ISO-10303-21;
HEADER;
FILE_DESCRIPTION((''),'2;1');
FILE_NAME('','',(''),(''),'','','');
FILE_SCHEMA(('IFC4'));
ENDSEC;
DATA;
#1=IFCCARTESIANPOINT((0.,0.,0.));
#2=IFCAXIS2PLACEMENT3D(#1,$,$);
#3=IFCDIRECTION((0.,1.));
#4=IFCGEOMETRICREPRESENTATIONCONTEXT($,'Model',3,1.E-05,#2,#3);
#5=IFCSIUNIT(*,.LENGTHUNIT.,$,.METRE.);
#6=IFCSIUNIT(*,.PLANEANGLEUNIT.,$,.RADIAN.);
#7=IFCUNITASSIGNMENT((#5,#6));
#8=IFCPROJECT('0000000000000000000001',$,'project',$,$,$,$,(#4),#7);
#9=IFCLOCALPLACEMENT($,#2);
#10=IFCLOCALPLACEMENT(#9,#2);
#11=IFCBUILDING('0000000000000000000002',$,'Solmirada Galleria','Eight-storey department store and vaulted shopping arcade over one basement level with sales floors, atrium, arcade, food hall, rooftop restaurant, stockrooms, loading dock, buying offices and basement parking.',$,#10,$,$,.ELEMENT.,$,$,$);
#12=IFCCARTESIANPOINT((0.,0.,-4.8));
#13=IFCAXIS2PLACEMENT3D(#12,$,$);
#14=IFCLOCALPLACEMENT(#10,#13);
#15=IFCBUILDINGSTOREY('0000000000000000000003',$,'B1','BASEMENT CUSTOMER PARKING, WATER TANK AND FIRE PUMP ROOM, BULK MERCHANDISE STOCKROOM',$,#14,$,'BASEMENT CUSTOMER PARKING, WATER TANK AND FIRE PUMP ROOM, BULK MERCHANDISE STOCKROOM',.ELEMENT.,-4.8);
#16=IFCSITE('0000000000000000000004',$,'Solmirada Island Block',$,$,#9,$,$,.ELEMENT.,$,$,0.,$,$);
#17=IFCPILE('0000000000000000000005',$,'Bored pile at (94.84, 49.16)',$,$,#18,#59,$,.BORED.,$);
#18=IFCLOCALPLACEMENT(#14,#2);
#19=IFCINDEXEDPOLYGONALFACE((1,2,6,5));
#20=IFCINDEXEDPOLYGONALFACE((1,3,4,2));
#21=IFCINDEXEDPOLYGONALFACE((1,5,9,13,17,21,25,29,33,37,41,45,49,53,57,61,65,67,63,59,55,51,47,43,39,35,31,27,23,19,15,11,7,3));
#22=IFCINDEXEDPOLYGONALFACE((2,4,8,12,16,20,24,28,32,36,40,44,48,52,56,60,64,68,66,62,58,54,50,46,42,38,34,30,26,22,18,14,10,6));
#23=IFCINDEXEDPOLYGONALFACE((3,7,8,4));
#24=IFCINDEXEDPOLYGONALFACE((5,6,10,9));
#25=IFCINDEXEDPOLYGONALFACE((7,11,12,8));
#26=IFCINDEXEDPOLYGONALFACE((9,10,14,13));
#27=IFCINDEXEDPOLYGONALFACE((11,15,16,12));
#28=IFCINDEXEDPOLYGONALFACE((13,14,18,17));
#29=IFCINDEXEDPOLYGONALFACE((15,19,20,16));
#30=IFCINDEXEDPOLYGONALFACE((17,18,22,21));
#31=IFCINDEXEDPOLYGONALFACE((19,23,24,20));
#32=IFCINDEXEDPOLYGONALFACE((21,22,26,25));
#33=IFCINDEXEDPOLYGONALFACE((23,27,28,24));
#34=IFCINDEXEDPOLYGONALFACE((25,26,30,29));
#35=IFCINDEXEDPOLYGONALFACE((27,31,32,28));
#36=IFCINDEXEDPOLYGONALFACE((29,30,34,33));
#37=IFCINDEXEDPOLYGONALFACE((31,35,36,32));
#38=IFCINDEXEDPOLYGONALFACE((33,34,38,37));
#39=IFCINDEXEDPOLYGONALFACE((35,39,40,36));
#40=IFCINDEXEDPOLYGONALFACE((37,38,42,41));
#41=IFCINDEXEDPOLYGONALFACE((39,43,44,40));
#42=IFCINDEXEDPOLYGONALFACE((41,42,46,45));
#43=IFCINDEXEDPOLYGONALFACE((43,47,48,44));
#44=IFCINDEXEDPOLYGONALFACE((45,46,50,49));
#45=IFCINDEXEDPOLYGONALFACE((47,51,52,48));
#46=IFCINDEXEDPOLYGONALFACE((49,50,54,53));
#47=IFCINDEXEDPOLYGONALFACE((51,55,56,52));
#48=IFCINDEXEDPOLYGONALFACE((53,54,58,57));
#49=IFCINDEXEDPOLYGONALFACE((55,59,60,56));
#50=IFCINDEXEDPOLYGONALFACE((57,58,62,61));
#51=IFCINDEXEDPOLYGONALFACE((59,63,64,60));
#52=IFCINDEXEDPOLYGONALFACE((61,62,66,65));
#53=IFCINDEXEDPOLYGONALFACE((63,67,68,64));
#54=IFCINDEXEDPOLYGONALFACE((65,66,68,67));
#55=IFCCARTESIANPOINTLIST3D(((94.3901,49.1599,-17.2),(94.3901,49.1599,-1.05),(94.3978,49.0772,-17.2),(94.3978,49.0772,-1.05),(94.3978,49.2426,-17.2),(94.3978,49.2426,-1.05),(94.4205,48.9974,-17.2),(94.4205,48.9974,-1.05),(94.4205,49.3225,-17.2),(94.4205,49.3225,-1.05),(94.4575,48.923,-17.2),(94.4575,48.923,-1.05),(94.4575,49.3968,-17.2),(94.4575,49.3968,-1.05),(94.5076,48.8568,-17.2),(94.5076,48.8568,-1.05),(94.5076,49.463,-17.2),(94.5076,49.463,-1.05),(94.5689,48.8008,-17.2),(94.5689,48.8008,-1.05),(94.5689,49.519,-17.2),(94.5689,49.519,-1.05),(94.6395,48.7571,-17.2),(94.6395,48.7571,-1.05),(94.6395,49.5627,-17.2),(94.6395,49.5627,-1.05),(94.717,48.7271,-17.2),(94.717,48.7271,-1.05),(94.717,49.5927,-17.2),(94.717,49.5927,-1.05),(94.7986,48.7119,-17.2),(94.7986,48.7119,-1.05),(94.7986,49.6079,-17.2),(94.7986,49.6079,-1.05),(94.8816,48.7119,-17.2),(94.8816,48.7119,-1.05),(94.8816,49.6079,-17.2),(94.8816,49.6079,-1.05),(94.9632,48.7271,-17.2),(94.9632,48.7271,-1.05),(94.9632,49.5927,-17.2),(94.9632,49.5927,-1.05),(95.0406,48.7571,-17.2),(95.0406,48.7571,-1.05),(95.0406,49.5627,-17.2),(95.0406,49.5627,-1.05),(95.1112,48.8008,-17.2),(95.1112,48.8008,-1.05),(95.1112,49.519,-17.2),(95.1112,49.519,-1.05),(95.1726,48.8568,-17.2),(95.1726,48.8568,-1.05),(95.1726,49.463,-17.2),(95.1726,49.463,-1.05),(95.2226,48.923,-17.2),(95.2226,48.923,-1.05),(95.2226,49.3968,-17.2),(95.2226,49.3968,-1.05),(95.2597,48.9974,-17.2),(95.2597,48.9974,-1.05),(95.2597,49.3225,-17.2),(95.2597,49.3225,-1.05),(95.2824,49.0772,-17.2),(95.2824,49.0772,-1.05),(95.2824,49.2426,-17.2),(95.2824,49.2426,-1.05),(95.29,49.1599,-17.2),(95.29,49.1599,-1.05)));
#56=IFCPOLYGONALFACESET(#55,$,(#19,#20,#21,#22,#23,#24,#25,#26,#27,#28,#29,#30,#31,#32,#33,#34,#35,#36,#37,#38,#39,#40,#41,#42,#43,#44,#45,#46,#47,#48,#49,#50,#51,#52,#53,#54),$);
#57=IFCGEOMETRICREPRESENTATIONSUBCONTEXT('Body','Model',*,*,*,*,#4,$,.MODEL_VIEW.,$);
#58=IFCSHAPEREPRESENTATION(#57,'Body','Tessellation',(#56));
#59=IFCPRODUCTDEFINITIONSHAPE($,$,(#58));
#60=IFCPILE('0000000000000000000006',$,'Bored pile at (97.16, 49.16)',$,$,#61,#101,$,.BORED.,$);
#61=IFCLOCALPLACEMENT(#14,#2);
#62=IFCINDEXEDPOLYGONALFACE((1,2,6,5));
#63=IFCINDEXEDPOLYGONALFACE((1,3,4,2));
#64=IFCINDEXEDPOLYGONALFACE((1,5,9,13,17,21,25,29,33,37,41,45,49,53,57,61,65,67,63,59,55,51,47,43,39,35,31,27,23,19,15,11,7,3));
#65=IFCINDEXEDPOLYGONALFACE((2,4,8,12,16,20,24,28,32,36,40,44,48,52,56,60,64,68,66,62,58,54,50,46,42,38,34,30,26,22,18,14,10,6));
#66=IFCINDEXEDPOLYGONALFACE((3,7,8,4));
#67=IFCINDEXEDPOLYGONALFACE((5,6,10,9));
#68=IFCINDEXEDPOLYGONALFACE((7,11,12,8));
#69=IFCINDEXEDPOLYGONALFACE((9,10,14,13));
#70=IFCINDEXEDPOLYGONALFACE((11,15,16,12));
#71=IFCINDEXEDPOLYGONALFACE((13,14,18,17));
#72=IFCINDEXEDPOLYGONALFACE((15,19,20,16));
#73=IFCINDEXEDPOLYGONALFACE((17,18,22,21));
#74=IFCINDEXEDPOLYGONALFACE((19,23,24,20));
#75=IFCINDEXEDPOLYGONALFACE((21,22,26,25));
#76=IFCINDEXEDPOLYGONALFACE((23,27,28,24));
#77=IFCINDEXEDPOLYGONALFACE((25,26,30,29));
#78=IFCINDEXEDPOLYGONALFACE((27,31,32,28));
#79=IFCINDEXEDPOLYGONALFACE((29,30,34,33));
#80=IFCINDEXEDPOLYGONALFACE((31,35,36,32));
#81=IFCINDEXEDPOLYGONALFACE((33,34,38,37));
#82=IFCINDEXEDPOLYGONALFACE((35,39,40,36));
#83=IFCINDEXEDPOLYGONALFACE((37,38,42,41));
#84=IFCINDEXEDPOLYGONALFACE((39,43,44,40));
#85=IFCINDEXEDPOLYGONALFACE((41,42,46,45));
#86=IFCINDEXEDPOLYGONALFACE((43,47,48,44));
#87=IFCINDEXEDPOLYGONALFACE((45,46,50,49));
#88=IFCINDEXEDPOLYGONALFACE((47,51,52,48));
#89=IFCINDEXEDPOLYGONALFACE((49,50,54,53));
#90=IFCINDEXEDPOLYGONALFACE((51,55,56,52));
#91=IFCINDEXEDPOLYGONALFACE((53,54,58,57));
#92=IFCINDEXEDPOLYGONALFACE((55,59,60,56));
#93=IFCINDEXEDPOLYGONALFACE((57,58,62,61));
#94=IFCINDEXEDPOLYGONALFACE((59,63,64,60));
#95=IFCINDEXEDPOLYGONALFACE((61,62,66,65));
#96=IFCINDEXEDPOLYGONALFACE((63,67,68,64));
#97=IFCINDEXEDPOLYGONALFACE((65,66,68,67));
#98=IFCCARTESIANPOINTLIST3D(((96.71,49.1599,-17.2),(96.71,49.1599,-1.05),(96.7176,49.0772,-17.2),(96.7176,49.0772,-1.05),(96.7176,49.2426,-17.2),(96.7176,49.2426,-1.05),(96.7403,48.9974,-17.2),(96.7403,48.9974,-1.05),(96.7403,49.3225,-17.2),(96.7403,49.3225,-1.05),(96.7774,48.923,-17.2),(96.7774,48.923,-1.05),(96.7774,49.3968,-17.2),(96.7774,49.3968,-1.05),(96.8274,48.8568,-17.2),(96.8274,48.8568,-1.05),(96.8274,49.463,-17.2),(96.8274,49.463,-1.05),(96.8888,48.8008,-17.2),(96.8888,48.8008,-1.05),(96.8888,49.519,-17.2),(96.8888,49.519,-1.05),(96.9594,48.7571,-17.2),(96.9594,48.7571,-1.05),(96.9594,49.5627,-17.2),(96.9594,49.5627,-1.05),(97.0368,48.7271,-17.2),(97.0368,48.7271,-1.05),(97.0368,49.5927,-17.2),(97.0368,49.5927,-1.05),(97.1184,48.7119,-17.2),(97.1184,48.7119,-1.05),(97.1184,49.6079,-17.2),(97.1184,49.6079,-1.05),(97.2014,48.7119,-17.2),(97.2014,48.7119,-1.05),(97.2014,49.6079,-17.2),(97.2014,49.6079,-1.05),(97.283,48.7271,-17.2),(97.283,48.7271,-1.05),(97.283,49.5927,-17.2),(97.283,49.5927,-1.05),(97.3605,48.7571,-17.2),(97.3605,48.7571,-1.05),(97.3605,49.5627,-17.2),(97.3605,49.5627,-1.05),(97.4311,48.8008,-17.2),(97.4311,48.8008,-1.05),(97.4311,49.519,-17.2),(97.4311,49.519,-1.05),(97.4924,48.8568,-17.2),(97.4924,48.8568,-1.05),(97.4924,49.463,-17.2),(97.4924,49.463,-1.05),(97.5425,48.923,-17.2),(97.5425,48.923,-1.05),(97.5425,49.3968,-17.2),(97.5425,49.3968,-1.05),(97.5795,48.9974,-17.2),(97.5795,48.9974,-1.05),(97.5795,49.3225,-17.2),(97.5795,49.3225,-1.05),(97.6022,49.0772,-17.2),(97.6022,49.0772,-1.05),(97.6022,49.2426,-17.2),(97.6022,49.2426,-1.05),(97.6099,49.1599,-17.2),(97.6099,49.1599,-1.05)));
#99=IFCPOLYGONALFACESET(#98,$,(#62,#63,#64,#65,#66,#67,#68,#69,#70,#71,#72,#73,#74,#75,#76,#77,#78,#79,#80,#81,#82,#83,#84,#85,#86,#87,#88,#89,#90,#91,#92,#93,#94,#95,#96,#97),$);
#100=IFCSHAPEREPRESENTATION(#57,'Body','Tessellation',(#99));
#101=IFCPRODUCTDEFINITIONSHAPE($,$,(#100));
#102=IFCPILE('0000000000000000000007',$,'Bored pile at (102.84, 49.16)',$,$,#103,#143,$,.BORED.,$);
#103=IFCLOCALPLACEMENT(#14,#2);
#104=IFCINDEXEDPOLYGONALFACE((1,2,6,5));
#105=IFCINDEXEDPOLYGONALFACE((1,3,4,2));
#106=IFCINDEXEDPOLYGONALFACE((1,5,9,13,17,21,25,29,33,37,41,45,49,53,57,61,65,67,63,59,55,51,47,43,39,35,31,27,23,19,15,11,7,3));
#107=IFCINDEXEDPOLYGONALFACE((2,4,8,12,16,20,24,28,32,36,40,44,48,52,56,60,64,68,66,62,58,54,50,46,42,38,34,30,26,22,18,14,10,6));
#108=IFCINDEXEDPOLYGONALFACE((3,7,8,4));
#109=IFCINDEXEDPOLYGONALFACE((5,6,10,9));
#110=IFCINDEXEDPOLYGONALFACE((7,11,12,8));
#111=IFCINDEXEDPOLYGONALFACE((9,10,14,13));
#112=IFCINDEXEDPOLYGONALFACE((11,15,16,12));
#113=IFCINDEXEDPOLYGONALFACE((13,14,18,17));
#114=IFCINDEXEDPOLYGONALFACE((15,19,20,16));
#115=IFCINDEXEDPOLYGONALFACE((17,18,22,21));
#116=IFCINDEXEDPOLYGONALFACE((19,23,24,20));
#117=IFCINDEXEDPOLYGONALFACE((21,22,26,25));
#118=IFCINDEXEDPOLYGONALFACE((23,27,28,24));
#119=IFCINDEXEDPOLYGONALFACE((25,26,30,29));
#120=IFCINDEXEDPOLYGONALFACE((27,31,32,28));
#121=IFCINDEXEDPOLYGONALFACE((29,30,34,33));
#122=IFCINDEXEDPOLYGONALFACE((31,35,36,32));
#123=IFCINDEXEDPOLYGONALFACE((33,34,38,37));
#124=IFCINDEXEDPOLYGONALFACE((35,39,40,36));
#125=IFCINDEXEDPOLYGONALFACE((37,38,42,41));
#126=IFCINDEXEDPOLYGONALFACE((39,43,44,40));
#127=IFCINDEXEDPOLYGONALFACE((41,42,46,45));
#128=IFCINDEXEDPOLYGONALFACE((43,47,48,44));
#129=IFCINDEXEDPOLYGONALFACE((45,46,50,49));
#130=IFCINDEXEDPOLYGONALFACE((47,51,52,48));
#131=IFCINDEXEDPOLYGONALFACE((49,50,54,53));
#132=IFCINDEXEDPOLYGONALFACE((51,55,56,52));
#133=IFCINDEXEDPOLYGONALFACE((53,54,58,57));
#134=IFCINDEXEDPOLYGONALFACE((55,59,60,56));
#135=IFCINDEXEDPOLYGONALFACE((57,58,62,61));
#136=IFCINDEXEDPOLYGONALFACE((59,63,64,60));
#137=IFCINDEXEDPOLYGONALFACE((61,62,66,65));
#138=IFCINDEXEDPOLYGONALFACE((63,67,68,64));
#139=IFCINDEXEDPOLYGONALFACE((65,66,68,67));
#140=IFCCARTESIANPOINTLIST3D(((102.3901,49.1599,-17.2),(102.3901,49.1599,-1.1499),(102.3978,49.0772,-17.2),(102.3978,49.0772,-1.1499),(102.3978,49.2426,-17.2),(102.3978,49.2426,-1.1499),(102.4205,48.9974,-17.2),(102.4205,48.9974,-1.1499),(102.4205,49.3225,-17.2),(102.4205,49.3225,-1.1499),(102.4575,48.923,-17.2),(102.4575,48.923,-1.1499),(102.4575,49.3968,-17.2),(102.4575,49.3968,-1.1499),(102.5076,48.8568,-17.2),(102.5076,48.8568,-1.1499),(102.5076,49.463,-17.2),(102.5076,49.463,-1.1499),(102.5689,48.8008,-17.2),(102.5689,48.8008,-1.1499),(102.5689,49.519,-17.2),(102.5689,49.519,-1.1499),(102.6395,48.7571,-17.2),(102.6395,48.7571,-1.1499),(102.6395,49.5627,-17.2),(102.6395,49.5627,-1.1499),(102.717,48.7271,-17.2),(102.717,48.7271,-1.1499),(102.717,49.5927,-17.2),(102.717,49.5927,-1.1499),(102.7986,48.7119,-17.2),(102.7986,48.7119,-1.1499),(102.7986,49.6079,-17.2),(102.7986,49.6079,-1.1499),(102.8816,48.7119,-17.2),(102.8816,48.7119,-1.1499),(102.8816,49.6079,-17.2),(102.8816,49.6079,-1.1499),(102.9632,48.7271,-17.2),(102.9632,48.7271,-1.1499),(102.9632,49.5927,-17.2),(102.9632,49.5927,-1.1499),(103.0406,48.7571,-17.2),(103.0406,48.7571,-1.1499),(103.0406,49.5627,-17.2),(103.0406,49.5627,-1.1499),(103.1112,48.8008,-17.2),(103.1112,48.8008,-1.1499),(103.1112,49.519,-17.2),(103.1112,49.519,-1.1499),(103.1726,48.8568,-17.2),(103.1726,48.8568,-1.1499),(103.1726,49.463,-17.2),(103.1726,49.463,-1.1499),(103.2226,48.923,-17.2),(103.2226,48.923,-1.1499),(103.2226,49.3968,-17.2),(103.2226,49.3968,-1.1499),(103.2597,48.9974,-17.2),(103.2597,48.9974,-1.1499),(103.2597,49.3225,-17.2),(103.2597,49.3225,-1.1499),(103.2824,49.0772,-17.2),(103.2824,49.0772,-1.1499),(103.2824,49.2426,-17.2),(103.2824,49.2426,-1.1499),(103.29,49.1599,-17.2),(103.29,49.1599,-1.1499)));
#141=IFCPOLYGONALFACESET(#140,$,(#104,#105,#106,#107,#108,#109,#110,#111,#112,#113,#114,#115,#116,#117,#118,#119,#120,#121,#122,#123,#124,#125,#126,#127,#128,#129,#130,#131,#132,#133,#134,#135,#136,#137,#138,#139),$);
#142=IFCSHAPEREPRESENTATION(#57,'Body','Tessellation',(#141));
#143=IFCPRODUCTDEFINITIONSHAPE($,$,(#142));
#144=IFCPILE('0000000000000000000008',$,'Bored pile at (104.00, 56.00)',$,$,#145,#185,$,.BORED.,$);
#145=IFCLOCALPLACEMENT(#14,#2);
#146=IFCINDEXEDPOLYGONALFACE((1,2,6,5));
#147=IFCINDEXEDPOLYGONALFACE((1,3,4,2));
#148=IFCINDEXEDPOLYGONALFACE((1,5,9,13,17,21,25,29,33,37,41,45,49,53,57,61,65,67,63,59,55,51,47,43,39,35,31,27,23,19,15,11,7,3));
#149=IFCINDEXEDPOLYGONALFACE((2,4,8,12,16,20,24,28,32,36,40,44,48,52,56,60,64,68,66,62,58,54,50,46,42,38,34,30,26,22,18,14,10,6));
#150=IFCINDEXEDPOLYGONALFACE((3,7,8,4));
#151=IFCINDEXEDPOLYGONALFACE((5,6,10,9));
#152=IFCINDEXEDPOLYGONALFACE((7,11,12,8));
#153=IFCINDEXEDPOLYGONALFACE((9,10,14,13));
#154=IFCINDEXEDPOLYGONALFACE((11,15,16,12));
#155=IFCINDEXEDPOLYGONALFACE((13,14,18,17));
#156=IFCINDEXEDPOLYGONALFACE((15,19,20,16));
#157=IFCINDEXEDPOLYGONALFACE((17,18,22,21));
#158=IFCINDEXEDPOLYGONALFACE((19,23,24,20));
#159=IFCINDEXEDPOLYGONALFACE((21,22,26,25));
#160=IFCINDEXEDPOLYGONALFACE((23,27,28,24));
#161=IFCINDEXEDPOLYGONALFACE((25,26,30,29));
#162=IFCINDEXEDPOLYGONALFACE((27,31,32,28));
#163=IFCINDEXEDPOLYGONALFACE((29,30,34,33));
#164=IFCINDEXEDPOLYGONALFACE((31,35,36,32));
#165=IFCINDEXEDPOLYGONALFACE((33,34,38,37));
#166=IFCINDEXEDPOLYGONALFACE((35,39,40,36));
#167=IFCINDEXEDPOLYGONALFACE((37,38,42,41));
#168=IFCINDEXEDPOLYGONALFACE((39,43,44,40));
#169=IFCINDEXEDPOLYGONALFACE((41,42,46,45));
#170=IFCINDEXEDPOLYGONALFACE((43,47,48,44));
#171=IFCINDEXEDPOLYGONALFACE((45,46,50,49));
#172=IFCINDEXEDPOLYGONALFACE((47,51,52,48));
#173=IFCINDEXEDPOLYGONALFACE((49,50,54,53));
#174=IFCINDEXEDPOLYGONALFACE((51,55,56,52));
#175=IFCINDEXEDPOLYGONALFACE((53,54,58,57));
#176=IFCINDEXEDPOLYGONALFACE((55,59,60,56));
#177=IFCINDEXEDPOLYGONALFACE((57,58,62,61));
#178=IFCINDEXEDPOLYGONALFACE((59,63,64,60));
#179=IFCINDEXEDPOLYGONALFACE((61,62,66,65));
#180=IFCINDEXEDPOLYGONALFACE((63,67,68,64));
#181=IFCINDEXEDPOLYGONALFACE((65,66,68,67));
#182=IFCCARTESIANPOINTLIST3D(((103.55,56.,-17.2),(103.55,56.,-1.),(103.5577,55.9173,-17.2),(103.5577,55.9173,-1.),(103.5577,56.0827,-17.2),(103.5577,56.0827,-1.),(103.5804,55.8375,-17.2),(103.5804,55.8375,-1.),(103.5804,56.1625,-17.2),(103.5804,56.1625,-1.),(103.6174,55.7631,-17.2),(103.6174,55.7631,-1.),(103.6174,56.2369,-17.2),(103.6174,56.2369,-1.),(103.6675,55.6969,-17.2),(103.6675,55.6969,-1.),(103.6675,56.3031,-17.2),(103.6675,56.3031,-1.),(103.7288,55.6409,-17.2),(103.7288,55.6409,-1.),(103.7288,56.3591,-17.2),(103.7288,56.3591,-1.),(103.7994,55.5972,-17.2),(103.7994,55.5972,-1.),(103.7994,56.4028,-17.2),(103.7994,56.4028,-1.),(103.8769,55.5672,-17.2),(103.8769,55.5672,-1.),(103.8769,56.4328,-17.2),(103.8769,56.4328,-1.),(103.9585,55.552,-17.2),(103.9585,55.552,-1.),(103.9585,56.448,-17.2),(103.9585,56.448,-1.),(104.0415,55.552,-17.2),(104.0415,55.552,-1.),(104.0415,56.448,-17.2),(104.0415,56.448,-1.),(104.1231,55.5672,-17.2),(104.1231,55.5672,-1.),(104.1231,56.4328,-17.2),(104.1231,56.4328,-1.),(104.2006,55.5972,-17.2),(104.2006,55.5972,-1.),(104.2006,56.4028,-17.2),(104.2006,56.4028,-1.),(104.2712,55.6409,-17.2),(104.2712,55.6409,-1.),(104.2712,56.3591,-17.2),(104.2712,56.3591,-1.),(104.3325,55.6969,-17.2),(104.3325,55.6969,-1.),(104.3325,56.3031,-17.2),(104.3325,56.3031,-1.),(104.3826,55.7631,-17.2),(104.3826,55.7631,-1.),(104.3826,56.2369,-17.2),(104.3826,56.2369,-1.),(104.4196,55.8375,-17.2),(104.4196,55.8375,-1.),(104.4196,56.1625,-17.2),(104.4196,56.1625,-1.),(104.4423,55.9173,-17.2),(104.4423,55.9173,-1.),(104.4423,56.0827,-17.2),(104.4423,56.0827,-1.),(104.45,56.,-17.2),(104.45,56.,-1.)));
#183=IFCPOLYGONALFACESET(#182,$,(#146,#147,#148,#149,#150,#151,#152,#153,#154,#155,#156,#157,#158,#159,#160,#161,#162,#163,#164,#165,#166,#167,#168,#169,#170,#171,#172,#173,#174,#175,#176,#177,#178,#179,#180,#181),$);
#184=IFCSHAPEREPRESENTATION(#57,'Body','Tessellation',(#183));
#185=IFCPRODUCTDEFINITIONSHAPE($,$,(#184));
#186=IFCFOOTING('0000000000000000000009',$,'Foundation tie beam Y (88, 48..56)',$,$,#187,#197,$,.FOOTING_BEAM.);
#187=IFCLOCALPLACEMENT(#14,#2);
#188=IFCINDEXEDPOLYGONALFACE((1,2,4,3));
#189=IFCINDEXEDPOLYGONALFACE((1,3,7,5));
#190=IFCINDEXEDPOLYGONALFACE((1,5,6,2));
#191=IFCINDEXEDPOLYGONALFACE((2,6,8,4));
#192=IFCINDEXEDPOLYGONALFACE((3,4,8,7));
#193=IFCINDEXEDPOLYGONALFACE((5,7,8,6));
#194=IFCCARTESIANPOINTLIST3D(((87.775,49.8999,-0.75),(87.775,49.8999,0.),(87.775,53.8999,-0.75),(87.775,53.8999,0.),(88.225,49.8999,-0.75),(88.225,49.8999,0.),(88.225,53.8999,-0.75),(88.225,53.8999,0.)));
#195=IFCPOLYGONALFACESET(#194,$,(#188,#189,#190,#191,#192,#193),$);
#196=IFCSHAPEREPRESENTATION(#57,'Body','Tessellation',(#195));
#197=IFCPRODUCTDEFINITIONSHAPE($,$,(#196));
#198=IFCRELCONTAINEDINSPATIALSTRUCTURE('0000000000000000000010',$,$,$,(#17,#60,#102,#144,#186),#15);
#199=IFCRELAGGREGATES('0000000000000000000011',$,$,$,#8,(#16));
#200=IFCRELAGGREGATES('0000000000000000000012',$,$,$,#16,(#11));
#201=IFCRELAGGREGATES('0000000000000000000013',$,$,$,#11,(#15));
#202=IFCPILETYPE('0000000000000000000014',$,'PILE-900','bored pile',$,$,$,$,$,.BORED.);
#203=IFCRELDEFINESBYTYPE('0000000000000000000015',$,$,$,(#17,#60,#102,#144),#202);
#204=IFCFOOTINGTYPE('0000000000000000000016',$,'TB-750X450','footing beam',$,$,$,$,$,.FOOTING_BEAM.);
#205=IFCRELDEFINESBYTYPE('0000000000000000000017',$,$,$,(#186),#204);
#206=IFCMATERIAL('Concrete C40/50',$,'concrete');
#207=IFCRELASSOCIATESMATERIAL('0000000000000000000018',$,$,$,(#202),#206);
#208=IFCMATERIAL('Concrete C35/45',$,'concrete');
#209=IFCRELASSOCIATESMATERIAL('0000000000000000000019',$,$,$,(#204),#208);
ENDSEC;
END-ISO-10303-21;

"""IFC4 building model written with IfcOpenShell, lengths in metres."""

from ifc_helpers import new_model, si_unit, direction, frame, origin, origin_2d, place, context, subcontext, project, spatial, rectangle, circle, extrude, material, material_profile, profile_set, type_object, element, save


model = new_model("IFC4")

# Units and contexts
model_context = context("Model", 3, precision=1e-05, world=origin(), true_north=direction((0.0, 1.0)))
body_context = subcontext(model_context, "Body", "Model", "MODEL_VIEW")
ifc_project = project(units=[si_unit("LENGTHUNIT", "METRE"), si_unit("PLANEANGLEUNIT", "RADIAN")], contexts=[model_context])

# Site, building, storey
site_placement = place(None, origin())
site = spatial("IfcSite", under=ifc_project, at=site_placement, Name="Solmirada Island Block", CompositionType="ELEMENT", RefElevation=0.0)
building_placement = place(site_placement, origin())
building = spatial("IfcBuilding", under=site, at=building_placement, Name="Solmirada Galleria", Description="Eight-storey department store and vaulted shopping arcade over one basement level with sales floors, atrium, arcade, food hall, rooftop restaurant, stockrooms, loading dock, buying offices and basement parking.", CompositionType="ELEMENT")
storey_placement = place(building_placement, frame((0.0, 0.0, -4.8)))
storey = spatial("IfcBuildingStorey", under=building, at=storey_placement, Name="B1", Description="BASEMENT CUSTOMER PARKING, WATER TANK AND FIRE PUMP ROOM, BULK MERCHANDISE STOCKROOM", LongName="BASEMENT CUSTOMER PARKING, WATER TANK AND FIRE PUMP ROOM, BULK MERCHANDISE STOCKROOM", CompositionType="ELEMENT", Elevation=-4.8)

# Shared definitions
ifc_material_1 = material(Name="Concrete C35/45", Category="concrete")

# Piles
ifc_material_2 = material(Name="Concrete C40/50", Category="concrete")
ifc_material_profile_1 = material_profile(ifc_material_2, circle(Radius=0.45, at=origin_2d()), Name="PILE900")
ifc_profile_set_1 = profile_set([ifc_material_profile_1], Name="Concrete C40/50")
pile_type = type_object("IfcPileType", Name="PILE-900", Description="bored pile", PredefinedType="BORED", material=ifc_profile_set_1)
for number, where, z_axis, x_axis, name in (
    (1, (94.8401, 49.1599, -1.05), (0.0, 0.0, -1.0), (1.0, 0.0, 0.0), "Bored pile at (94.84, 49.16)"),
    (2, (97.1599, 49.1599, -1.05), (0.0, 0.0, -1.0), (1.0, 0.0, 0.0), "Bored pile at (97.16, 49.16)"),
):
    element("IfcPile", number, at=place(storey_placement, frame(where, z_axis=z_axis, x_axis=x_axis)), inside=storey, type_object=pile_type, Name=name, PredefinedType="BORED", context=body_context, shape_type="SweptSolid", body=[
        extrude(circle(Radius=0.45, at=origin_2d()), origin(), (0.0, 0.0, 1.0), 16.1499),
    ])
pile_1_placement = place(storey_placement, frame((102.8401, 49.1599, -1.1499), z_axis=(0.0, 0.0, -1.0), x_axis=(1.0, 0.0, 0.0)))
element("IfcPile", 3, at=pile_1_placement, inside=storey, type_object=pile_type, Name="Bored pile at (102.84, 49.16)", PredefinedType="BORED", context=body_context, shape_type="SweptSolid", body=[
    extrude(circle(Radius=0.45, at=origin_2d()), origin(), (0.0, 0.0, 1.0), 16.05),
])
pile_2_placement = place(storey_placement, frame((104.0, 56.0, -1.0), z_axis=(0.0, 0.0, -1.0), x_axis=(1.0, 0.0, 0.0)))
element("IfcPile", 4, at=pile_2_placement, inside=storey, type_object=pile_type, Name="Bored pile at (104.00, 56.00)", PredefinedType="BORED", context=body_context, shape_type="SweptSolid", body=[
    extrude(circle(Radius=0.45, at=origin_2d()), origin(), (0.0, 0.0, 1.0), 16.2),
])

# Footing
ifc_material_profile_2 = material_profile(ifc_material_1, rectangle(XDim=0.45, YDim=0.75, at=origin_2d()), Name="RC750X450")
ifc_profile_set_2 = profile_set([ifc_material_profile_2], Name="Concrete C35/45")
footing_type_1 = type_object("IfcFootingType", Name="TB-750X450", Description="footing beam", PredefinedType="FOOTING_BEAM", material=ifc_profile_set_2)
footing_1_placement = place(storey_placement, frame((88.0, 49.8999, -0.375), z_axis=(0.0, 1.0, 0.0), x_axis=(-1.0, 0.0, 0.0)))
element("IfcFooting", 5, at=footing_1_placement, inside=storey, type_object=footing_type_1, Name="Foundation tie beam Y (88, 48..56)", PredefinedType="FOOTING_BEAM", context=body_context, shape_type="SweptSolid", body=[
    extrude(rectangle(XDim=0.45, YDim=0.75, at=origin_2d()), origin(), (0.0, 0.0, 1.0), 4.0),
])

save(model, "model.ifc")
